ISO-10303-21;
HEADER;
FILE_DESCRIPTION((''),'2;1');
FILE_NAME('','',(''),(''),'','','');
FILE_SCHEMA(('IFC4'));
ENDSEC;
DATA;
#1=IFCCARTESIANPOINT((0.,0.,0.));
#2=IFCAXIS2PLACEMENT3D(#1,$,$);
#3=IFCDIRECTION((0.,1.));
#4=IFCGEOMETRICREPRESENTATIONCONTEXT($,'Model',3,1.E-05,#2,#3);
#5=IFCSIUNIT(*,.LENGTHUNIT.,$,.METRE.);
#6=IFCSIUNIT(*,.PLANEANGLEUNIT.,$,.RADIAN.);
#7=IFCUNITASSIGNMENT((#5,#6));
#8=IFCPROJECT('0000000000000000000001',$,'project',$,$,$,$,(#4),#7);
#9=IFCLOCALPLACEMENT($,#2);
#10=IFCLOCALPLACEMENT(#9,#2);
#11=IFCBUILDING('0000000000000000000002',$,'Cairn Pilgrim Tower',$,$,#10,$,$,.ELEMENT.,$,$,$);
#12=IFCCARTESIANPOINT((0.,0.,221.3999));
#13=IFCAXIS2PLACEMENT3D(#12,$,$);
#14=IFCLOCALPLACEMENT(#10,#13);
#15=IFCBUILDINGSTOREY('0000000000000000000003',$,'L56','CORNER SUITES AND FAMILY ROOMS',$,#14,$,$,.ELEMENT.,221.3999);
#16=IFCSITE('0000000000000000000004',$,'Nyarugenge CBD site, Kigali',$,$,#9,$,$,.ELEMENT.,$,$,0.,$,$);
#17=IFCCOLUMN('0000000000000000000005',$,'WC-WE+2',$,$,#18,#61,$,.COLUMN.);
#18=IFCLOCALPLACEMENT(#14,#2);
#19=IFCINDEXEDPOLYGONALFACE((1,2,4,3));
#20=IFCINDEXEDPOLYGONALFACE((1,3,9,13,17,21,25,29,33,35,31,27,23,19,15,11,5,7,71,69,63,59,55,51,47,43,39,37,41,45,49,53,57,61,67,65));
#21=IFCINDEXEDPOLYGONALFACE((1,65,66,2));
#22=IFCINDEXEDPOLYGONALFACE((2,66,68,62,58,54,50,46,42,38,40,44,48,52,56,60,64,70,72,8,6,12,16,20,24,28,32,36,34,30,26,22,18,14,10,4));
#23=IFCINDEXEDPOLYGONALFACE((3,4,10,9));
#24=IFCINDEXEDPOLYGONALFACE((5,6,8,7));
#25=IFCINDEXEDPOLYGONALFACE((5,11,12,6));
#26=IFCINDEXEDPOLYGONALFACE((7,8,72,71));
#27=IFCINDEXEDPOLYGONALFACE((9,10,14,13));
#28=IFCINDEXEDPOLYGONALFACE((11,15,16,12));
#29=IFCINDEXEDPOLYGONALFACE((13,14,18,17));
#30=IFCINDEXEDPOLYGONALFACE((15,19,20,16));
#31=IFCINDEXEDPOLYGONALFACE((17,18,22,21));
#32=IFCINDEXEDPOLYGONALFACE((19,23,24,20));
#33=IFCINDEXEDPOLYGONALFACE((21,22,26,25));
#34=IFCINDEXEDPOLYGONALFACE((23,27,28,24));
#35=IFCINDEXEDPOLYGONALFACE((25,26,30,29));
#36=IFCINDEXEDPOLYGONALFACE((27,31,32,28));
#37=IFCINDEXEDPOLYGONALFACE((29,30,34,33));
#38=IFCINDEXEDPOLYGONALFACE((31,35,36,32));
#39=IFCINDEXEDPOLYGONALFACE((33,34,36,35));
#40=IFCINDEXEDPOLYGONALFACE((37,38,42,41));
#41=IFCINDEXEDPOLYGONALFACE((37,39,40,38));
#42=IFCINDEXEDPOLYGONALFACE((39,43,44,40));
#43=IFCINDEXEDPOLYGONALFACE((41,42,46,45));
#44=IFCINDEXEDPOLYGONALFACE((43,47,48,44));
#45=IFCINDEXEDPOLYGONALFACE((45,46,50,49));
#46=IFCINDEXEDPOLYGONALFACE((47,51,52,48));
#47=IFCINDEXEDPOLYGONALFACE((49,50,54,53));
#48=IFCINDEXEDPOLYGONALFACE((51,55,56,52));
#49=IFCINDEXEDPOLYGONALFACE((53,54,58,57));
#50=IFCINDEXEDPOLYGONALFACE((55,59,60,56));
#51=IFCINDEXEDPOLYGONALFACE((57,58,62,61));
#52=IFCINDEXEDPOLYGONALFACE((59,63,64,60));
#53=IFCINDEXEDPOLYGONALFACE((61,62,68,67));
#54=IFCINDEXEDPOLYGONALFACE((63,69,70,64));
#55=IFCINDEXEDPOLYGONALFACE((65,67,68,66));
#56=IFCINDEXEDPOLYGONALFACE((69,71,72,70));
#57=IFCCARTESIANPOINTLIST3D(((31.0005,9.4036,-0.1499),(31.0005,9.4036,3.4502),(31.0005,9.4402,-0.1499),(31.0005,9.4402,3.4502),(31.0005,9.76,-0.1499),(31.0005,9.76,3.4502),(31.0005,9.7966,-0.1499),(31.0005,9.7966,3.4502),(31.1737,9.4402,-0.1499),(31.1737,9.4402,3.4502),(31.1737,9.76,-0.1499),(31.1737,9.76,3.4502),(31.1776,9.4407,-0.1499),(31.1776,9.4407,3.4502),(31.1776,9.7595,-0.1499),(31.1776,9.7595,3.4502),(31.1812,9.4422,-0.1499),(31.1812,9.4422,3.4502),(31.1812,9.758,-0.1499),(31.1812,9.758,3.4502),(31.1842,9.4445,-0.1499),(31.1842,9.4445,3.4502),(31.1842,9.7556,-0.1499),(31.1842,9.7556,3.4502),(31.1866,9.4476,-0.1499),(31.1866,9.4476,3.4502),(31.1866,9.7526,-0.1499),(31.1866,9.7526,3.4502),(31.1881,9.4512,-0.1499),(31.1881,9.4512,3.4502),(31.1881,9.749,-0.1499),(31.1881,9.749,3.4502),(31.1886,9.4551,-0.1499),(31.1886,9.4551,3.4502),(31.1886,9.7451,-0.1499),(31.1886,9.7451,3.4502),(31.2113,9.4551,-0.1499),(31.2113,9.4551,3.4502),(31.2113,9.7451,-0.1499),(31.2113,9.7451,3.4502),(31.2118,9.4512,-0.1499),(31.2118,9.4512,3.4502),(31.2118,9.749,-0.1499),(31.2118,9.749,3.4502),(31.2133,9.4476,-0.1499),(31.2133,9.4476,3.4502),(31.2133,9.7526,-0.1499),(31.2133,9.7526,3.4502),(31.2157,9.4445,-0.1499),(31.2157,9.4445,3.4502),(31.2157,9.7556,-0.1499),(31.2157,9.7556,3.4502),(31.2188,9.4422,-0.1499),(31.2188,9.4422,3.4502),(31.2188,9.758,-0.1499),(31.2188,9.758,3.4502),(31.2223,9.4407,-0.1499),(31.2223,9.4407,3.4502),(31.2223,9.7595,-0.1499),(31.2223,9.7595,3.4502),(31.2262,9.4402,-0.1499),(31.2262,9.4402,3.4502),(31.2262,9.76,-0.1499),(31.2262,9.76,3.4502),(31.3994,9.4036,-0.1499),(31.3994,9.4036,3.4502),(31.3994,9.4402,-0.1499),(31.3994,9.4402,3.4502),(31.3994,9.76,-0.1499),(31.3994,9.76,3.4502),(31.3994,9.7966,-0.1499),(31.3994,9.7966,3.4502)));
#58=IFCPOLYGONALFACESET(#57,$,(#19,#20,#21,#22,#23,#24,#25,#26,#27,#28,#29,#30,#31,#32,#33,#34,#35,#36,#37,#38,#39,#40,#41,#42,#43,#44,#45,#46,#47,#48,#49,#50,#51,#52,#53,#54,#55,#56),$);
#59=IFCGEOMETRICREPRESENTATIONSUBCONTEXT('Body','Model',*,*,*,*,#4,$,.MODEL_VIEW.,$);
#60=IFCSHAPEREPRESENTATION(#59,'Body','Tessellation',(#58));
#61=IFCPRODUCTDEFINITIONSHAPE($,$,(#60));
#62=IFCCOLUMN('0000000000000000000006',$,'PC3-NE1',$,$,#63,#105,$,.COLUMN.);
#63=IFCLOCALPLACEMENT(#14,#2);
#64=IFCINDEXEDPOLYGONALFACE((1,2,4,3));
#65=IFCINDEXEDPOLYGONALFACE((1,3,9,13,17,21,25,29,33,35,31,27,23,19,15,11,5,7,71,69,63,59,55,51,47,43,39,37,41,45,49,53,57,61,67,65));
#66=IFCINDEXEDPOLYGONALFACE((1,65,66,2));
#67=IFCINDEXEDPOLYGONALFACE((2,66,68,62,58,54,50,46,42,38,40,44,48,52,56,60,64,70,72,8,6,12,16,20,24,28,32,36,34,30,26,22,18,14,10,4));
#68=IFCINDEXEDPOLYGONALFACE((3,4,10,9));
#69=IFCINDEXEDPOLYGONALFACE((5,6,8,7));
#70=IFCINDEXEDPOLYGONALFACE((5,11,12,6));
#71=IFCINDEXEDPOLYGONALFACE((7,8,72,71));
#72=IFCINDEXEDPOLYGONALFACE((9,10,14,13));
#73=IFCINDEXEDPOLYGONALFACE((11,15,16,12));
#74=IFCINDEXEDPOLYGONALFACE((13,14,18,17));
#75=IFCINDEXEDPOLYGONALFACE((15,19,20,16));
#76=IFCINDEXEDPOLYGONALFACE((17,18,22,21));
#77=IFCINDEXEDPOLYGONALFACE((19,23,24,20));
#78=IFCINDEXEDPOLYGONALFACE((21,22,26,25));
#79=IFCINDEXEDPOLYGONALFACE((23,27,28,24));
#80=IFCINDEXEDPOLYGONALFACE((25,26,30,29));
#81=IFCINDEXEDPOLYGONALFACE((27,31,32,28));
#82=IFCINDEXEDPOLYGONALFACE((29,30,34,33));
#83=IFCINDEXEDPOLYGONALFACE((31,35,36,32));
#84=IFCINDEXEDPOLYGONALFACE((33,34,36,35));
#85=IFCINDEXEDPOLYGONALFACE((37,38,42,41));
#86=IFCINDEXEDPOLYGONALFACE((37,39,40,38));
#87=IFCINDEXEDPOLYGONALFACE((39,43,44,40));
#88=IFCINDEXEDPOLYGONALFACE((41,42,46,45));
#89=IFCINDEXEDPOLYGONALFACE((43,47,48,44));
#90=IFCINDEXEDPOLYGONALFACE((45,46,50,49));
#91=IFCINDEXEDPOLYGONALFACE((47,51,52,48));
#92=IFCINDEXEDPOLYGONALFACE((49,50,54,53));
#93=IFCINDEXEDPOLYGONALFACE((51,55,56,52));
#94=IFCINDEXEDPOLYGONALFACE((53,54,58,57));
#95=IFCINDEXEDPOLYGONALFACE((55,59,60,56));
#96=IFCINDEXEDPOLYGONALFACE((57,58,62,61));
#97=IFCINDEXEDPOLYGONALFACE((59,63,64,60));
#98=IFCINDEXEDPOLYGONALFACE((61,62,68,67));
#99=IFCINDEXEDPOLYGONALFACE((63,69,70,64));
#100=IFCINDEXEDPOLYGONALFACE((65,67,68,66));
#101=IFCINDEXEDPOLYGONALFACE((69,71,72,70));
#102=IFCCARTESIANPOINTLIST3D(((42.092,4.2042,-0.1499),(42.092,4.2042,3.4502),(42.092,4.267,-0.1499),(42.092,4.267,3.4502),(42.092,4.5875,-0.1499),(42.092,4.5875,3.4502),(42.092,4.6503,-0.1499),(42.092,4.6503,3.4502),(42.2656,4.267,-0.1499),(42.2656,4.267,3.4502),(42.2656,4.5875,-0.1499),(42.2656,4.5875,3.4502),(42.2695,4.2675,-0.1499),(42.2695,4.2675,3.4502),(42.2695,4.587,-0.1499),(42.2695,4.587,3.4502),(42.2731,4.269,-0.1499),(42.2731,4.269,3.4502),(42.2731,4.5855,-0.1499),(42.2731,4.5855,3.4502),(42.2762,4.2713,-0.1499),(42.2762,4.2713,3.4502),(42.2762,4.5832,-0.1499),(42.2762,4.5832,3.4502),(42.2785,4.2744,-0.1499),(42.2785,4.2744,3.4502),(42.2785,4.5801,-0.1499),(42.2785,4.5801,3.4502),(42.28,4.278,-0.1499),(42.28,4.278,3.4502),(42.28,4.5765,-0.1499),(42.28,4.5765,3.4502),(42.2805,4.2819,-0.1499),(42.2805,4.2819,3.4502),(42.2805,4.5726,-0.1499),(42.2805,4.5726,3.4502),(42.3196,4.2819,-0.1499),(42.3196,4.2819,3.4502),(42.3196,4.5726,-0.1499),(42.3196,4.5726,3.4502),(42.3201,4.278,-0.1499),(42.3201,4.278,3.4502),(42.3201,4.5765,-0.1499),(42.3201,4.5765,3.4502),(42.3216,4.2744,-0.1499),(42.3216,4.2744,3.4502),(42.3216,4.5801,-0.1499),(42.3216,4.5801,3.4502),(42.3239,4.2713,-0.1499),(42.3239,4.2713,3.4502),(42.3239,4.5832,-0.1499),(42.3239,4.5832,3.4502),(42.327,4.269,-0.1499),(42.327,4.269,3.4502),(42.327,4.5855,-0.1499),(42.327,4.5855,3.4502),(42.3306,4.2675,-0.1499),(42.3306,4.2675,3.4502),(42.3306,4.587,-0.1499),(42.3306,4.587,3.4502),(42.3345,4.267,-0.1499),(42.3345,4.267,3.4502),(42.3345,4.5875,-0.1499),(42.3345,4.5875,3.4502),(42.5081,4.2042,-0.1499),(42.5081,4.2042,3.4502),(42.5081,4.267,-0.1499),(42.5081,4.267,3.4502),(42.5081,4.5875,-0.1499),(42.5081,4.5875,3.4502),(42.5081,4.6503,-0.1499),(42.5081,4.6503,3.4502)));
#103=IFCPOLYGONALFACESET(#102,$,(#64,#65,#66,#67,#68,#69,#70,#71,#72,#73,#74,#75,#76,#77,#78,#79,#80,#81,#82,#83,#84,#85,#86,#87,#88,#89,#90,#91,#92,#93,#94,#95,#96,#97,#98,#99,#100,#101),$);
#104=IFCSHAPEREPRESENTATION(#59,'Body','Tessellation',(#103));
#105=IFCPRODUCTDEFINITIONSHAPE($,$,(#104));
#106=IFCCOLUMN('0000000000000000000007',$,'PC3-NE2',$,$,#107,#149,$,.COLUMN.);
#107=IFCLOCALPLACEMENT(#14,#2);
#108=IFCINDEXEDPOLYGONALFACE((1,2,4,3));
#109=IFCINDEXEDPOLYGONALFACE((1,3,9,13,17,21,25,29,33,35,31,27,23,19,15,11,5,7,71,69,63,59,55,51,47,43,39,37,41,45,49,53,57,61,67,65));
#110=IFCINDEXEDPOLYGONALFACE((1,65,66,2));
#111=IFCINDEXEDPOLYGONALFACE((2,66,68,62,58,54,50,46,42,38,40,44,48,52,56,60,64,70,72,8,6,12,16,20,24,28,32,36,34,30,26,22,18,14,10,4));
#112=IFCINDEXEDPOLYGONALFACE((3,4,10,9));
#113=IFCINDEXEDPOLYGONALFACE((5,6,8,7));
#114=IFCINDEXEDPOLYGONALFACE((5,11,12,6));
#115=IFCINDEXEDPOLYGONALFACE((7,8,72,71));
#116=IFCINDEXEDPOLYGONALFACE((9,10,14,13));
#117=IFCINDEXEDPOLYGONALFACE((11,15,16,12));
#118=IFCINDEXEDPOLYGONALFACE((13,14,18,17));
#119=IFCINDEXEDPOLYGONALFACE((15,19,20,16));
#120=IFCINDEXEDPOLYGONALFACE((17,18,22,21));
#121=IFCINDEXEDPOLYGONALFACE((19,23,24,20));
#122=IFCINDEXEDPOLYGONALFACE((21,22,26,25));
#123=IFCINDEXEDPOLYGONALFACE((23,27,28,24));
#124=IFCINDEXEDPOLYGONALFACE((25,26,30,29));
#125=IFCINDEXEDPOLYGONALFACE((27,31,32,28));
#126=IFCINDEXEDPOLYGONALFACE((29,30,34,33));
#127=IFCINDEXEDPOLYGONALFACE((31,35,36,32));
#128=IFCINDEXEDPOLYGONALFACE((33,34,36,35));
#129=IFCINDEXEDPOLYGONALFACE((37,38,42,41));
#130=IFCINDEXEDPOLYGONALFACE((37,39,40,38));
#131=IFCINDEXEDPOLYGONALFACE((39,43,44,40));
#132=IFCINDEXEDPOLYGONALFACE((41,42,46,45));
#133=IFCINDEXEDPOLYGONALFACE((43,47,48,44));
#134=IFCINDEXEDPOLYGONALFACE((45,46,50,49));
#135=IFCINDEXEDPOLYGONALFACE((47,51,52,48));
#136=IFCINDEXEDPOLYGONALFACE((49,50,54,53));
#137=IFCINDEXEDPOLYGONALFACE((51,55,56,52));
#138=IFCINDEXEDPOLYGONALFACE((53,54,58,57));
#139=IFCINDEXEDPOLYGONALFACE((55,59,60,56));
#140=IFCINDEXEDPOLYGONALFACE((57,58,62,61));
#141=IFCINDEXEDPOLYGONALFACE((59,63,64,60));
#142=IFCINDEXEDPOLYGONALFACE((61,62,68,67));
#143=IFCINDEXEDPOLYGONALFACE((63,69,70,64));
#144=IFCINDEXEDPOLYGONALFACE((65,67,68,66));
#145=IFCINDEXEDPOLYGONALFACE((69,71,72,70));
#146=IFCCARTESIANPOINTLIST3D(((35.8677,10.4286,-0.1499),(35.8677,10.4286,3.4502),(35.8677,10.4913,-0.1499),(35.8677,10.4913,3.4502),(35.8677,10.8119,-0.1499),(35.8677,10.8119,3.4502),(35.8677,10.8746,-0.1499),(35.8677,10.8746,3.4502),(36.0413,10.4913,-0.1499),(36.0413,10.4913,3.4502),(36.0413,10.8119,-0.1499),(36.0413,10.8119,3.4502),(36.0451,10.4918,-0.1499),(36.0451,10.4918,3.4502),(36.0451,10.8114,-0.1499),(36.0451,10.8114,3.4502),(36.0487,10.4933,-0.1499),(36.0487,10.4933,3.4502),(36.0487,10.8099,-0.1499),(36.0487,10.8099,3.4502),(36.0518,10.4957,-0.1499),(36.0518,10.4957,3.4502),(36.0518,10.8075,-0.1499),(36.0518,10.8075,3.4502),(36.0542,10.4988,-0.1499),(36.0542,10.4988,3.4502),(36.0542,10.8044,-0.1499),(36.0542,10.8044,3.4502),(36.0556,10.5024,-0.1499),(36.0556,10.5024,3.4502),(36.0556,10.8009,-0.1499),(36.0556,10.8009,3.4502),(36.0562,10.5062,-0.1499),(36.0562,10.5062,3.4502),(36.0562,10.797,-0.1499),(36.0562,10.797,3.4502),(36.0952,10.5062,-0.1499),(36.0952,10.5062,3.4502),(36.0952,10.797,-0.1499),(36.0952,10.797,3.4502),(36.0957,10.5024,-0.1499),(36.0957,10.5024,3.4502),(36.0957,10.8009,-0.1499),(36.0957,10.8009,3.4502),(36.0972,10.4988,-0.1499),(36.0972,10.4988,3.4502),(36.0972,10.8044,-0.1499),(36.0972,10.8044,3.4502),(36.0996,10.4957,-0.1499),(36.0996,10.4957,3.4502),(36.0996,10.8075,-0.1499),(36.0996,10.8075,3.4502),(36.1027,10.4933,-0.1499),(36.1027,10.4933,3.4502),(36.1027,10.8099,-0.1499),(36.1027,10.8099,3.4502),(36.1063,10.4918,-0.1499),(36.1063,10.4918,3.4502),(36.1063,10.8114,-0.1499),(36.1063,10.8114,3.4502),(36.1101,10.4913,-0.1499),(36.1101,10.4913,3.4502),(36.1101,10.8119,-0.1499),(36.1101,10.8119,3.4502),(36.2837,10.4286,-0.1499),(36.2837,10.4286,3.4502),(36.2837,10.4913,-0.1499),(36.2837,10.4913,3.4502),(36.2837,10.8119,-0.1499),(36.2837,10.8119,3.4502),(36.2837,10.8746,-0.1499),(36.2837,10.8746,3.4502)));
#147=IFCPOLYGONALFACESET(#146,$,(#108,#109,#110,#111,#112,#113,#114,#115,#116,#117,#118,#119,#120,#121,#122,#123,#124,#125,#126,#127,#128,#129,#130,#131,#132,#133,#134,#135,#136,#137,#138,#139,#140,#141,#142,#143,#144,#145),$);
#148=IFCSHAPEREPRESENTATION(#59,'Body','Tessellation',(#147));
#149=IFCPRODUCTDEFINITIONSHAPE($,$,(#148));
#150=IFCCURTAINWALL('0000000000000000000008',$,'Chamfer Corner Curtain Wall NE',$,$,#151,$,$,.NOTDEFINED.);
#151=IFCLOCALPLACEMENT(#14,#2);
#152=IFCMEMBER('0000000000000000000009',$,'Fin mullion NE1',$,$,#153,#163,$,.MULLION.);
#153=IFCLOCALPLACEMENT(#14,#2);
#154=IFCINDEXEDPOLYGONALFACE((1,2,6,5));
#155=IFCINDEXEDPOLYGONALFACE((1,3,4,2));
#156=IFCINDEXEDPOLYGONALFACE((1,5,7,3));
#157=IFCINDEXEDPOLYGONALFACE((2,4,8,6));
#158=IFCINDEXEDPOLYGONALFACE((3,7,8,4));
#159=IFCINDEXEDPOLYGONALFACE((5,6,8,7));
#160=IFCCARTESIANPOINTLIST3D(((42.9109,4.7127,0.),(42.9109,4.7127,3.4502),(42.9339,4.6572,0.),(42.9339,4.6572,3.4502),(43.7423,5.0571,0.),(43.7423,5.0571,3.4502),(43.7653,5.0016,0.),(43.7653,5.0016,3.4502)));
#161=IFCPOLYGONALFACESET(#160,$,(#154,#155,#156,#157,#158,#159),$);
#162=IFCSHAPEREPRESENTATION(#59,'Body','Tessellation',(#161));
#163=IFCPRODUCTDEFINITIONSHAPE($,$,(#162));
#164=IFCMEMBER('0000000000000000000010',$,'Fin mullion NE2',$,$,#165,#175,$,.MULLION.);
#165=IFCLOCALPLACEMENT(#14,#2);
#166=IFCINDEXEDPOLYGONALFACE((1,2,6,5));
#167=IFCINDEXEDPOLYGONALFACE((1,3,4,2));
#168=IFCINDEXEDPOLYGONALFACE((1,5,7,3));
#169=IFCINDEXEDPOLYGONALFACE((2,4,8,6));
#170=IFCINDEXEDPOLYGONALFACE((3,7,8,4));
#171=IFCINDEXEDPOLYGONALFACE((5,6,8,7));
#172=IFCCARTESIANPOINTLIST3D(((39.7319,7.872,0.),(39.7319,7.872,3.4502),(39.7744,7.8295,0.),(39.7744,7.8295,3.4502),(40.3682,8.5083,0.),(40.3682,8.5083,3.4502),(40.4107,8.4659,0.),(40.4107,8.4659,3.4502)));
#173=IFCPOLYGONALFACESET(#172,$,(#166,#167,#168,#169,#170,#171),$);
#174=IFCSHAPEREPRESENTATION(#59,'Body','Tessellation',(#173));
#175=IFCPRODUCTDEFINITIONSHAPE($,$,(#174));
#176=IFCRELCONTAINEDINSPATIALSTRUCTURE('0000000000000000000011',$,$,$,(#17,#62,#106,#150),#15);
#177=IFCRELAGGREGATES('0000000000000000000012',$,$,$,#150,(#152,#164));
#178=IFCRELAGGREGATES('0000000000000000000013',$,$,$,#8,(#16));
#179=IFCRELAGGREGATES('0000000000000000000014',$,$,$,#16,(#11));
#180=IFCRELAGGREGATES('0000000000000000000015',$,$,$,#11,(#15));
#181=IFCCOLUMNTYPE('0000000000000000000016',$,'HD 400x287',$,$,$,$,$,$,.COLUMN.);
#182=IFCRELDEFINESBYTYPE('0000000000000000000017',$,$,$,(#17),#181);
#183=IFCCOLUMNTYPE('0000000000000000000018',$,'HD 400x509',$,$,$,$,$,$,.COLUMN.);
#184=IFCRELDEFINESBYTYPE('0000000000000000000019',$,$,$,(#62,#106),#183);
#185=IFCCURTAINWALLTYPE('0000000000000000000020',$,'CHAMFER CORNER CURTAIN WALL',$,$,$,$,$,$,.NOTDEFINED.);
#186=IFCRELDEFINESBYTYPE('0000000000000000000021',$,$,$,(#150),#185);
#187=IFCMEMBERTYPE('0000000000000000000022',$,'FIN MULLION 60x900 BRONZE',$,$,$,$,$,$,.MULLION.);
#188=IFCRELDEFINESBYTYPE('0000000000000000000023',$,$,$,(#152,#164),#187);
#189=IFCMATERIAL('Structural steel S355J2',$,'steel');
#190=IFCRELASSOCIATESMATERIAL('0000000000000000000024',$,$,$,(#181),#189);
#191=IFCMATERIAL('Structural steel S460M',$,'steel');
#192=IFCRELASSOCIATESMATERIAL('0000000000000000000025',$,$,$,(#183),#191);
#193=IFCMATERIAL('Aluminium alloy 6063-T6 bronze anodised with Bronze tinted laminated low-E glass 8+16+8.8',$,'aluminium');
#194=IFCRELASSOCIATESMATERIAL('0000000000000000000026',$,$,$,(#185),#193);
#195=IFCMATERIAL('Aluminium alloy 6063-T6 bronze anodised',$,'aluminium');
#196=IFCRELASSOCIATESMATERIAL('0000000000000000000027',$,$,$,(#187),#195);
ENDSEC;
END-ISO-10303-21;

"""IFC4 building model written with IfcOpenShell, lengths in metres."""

from ifc_helpers import new_model, si_unit, direction, frame, origin, origin_2d, place, context, subcontext, project, spatial, rectangle, i_section, extrude, material, material_profile, profile_set, type_object, element, aggregate, save


model = new_model("IFC4")

# Units and contexts
model_context = context("Model", 3, precision=1e-05, world=origin(), true_north=direction((0.0, 1.0)))
body_context = subcontext(model_context, "Body", "Model", "MODEL_VIEW")
ifc_project = project(units=[si_unit("LENGTHUNIT", "METRE"), si_unit("PLANEANGLEUNIT", "RADIAN")], contexts=[model_context])

# Site, building, storey
site_placement = place(None, origin())
site = spatial("IfcSite", under=ifc_project, at=site_placement, Name="Nyarugenge CBD site, Kigali", CompositionType="ELEMENT", RefElevation=0.0)
building_placement = place(site_placement, origin())
building = spatial("IfcBuilding", under=site, at=building_placement, Name="Cairn Pilgrim Tower", CompositionType="ELEMENT")
storey_placement = place(building_placement, frame((0.0, 0.0, 221.3999)))
storey = spatial("IfcBuildingStorey", under=building, at=storey_placement, Name="L56", Description="CORNER SUITES AND FAMILY ROOMS", CompositionType="ELEMENT", Elevation=221.3999)

# Columns
ifc_material_1 = material(Name="Structural steel S355J2", Category="steel")
ifc_material_profile_1 = material_profile(ifc_material_1, i_section(OverallWidth=0.3989, OverallDepth=0.3931, WebThickness=0.0227, FlangeThickness=0.0366, FilletRadius=0.0149, at=origin_2d()), Name="HD 400x287")
ifc_profile_set_1 = profile_set([ifc_material_profile_1], Name="Structural steel S355J2")
column_type_1 = type_object("IfcColumnType", Name="HD 400x287", PredefinedType="COLUMN", material=ifc_profile_set_1)
column_placement = place(storey_placement, frame((31.2, 9.6001, -0.1499), z_axis=(0.0, 0.0, 1.0), x_axis=(1.0, 0.0, 0.0)))
element("IfcColumn", 1, at=column_placement, inside=storey, type_object=column_type_1, Name="WC-WE+2", PredefinedType="COLUMN", context=body_context, shape_type="SweptSolid", body=[
    extrude(i_section(OverallWidth=0.3989, OverallDepth=0.3931, WebThickness=0.0227, FlangeThickness=0.0366, FilletRadius=0.0149, at=origin_2d()), origin(), (0.0, 0.0, 1.0), 3.6001),
])
ifc_material_2 = material(Name="Structural steel S460M", Category="steel")
ifc_material_profile_2 = material_profile(ifc_material_2, i_section(OverallWidth=0.416, OverallDepth=0.446, WebThickness=0.0391, FlangeThickness=0.0627, FilletRadius=0.0149, at=origin_2d()), Name="HD 400x509")
ifc_profile_set_2 = profile_set([ifc_material_profile_2], Name="Structural steel S460M")
column_type_2 = type_object("IfcColumnType", Name="HD 400x509", PredefinedType="COLUMN", material=ifc_profile_set_2)
for number, where, z_axis, x_axis, name in (
    (2, (42.3, 4.4272, -0.1499), (0.0, 0.0, 1.0), (1.0, 0.0, 0.0), "PC3-NE1"),
    (3, (36.0757, 10.6516, -0.1499), (0.0, 0.0, 1.0), (1.0, 0.0, 0.0), "PC3-NE2"),
):
    element("IfcColumn", number, at=place(storey_placement, frame(where, z_axis=z_axis, x_axis=x_axis)), inside=storey, type_object=column_type_2, Name=name, PredefinedType="COLUMN", context=body_context, shape_type="SweptSolid", body=[
        extrude(i_section(OverallWidth=0.416, OverallDepth=0.446, WebThickness=0.0391, FlangeThickness=0.0627, FilletRadius=0.0149, at=origin_2d()), origin(), (0.0, 0.0, 1.0), 3.6001),
    ])

# Curtain wall, members
ifc_material_3 = material(Name="Aluminium alloy 6063-T6 bronze anodised with Bronze tinted laminated low-E glass 8+16+8.8", Category="aluminium")
curtain_wall_type_1 = type_object("IfcCurtainWallType", Name="CHAMFER CORNER CURTAIN WALL", PredefinedType="NOTDEFINED", material=ifc_material_3)
curtain_wall_1_placement = place(storey_placement, origin())
curtain_wall_1 = element("IfcCurtainWall", 4, at=curtain_wall_1_placement, inside=storey, type_object=curtain_wall_type_1, Name="Chamfer Corner Curtain Wall NE", PredefinedType="NOTDEFINED")
ifc_material_4 = material(Name="Aluminium alloy 6063-T6 bronze anodised", Category="aluminium")
ifc_material_profile_3 = material_profile(ifc_material_4, rectangle(XDim=0.8999, YDim=0.0601, at=origin_2d()), Name="FIN MULLION 60x900 BRONZE")
ifc_profile_set_3 = profile_set([ifc_material_profile_3], Name="Aluminium alloy 6063-T6 bronze anodised")
member_type_1 = type_object("IfcMemberType", Name="FIN MULLION 60x900 BRONZE", PredefinedType="MULLION", material=ifc_profile_set_3)
member_1_placement = place(storey_placement, frame((43.3381, 4.8572, 0.0), z_axis=(0.0, 0.0, 1.0), x_axis=(0.92388, 0.382683, 0.0)))
member_1 = element("IfcMember", 5, at=member_1_placement, type_object=member_type_1, Name="Fin mullion NE1", PredefinedType="MULLION", context=body_context, shape_type="SweptSolid", body=[
    extrude(rectangle(XDim=0.8999, YDim=0.0601, at=origin_2d()), origin(), (0.0, 0.0, 1.0), 3.4502),
])
member_2_placement = place(storey_placement, frame((40.0713, 8.1689, 0.0), z_axis=(0.0, 0.0, 1.0), x_axis=(0.707107, 0.707107, 0.0)))
member_2 = element("IfcMember", 6, at=member_2_placement, type_object=member_type_1, Name="Fin mullion NE2", PredefinedType="MULLION", context=body_context, shape_type="SweptSolid", body=[
    extrude(rectangle(XDim=0.8999, YDim=0.0601, at=origin_2d()), origin(), (0.0, 0.0, 1.0), 3.4502),
])

aggregate(curtain_wall_1, [member_1, member_2])

save(model, "model.ifc")
